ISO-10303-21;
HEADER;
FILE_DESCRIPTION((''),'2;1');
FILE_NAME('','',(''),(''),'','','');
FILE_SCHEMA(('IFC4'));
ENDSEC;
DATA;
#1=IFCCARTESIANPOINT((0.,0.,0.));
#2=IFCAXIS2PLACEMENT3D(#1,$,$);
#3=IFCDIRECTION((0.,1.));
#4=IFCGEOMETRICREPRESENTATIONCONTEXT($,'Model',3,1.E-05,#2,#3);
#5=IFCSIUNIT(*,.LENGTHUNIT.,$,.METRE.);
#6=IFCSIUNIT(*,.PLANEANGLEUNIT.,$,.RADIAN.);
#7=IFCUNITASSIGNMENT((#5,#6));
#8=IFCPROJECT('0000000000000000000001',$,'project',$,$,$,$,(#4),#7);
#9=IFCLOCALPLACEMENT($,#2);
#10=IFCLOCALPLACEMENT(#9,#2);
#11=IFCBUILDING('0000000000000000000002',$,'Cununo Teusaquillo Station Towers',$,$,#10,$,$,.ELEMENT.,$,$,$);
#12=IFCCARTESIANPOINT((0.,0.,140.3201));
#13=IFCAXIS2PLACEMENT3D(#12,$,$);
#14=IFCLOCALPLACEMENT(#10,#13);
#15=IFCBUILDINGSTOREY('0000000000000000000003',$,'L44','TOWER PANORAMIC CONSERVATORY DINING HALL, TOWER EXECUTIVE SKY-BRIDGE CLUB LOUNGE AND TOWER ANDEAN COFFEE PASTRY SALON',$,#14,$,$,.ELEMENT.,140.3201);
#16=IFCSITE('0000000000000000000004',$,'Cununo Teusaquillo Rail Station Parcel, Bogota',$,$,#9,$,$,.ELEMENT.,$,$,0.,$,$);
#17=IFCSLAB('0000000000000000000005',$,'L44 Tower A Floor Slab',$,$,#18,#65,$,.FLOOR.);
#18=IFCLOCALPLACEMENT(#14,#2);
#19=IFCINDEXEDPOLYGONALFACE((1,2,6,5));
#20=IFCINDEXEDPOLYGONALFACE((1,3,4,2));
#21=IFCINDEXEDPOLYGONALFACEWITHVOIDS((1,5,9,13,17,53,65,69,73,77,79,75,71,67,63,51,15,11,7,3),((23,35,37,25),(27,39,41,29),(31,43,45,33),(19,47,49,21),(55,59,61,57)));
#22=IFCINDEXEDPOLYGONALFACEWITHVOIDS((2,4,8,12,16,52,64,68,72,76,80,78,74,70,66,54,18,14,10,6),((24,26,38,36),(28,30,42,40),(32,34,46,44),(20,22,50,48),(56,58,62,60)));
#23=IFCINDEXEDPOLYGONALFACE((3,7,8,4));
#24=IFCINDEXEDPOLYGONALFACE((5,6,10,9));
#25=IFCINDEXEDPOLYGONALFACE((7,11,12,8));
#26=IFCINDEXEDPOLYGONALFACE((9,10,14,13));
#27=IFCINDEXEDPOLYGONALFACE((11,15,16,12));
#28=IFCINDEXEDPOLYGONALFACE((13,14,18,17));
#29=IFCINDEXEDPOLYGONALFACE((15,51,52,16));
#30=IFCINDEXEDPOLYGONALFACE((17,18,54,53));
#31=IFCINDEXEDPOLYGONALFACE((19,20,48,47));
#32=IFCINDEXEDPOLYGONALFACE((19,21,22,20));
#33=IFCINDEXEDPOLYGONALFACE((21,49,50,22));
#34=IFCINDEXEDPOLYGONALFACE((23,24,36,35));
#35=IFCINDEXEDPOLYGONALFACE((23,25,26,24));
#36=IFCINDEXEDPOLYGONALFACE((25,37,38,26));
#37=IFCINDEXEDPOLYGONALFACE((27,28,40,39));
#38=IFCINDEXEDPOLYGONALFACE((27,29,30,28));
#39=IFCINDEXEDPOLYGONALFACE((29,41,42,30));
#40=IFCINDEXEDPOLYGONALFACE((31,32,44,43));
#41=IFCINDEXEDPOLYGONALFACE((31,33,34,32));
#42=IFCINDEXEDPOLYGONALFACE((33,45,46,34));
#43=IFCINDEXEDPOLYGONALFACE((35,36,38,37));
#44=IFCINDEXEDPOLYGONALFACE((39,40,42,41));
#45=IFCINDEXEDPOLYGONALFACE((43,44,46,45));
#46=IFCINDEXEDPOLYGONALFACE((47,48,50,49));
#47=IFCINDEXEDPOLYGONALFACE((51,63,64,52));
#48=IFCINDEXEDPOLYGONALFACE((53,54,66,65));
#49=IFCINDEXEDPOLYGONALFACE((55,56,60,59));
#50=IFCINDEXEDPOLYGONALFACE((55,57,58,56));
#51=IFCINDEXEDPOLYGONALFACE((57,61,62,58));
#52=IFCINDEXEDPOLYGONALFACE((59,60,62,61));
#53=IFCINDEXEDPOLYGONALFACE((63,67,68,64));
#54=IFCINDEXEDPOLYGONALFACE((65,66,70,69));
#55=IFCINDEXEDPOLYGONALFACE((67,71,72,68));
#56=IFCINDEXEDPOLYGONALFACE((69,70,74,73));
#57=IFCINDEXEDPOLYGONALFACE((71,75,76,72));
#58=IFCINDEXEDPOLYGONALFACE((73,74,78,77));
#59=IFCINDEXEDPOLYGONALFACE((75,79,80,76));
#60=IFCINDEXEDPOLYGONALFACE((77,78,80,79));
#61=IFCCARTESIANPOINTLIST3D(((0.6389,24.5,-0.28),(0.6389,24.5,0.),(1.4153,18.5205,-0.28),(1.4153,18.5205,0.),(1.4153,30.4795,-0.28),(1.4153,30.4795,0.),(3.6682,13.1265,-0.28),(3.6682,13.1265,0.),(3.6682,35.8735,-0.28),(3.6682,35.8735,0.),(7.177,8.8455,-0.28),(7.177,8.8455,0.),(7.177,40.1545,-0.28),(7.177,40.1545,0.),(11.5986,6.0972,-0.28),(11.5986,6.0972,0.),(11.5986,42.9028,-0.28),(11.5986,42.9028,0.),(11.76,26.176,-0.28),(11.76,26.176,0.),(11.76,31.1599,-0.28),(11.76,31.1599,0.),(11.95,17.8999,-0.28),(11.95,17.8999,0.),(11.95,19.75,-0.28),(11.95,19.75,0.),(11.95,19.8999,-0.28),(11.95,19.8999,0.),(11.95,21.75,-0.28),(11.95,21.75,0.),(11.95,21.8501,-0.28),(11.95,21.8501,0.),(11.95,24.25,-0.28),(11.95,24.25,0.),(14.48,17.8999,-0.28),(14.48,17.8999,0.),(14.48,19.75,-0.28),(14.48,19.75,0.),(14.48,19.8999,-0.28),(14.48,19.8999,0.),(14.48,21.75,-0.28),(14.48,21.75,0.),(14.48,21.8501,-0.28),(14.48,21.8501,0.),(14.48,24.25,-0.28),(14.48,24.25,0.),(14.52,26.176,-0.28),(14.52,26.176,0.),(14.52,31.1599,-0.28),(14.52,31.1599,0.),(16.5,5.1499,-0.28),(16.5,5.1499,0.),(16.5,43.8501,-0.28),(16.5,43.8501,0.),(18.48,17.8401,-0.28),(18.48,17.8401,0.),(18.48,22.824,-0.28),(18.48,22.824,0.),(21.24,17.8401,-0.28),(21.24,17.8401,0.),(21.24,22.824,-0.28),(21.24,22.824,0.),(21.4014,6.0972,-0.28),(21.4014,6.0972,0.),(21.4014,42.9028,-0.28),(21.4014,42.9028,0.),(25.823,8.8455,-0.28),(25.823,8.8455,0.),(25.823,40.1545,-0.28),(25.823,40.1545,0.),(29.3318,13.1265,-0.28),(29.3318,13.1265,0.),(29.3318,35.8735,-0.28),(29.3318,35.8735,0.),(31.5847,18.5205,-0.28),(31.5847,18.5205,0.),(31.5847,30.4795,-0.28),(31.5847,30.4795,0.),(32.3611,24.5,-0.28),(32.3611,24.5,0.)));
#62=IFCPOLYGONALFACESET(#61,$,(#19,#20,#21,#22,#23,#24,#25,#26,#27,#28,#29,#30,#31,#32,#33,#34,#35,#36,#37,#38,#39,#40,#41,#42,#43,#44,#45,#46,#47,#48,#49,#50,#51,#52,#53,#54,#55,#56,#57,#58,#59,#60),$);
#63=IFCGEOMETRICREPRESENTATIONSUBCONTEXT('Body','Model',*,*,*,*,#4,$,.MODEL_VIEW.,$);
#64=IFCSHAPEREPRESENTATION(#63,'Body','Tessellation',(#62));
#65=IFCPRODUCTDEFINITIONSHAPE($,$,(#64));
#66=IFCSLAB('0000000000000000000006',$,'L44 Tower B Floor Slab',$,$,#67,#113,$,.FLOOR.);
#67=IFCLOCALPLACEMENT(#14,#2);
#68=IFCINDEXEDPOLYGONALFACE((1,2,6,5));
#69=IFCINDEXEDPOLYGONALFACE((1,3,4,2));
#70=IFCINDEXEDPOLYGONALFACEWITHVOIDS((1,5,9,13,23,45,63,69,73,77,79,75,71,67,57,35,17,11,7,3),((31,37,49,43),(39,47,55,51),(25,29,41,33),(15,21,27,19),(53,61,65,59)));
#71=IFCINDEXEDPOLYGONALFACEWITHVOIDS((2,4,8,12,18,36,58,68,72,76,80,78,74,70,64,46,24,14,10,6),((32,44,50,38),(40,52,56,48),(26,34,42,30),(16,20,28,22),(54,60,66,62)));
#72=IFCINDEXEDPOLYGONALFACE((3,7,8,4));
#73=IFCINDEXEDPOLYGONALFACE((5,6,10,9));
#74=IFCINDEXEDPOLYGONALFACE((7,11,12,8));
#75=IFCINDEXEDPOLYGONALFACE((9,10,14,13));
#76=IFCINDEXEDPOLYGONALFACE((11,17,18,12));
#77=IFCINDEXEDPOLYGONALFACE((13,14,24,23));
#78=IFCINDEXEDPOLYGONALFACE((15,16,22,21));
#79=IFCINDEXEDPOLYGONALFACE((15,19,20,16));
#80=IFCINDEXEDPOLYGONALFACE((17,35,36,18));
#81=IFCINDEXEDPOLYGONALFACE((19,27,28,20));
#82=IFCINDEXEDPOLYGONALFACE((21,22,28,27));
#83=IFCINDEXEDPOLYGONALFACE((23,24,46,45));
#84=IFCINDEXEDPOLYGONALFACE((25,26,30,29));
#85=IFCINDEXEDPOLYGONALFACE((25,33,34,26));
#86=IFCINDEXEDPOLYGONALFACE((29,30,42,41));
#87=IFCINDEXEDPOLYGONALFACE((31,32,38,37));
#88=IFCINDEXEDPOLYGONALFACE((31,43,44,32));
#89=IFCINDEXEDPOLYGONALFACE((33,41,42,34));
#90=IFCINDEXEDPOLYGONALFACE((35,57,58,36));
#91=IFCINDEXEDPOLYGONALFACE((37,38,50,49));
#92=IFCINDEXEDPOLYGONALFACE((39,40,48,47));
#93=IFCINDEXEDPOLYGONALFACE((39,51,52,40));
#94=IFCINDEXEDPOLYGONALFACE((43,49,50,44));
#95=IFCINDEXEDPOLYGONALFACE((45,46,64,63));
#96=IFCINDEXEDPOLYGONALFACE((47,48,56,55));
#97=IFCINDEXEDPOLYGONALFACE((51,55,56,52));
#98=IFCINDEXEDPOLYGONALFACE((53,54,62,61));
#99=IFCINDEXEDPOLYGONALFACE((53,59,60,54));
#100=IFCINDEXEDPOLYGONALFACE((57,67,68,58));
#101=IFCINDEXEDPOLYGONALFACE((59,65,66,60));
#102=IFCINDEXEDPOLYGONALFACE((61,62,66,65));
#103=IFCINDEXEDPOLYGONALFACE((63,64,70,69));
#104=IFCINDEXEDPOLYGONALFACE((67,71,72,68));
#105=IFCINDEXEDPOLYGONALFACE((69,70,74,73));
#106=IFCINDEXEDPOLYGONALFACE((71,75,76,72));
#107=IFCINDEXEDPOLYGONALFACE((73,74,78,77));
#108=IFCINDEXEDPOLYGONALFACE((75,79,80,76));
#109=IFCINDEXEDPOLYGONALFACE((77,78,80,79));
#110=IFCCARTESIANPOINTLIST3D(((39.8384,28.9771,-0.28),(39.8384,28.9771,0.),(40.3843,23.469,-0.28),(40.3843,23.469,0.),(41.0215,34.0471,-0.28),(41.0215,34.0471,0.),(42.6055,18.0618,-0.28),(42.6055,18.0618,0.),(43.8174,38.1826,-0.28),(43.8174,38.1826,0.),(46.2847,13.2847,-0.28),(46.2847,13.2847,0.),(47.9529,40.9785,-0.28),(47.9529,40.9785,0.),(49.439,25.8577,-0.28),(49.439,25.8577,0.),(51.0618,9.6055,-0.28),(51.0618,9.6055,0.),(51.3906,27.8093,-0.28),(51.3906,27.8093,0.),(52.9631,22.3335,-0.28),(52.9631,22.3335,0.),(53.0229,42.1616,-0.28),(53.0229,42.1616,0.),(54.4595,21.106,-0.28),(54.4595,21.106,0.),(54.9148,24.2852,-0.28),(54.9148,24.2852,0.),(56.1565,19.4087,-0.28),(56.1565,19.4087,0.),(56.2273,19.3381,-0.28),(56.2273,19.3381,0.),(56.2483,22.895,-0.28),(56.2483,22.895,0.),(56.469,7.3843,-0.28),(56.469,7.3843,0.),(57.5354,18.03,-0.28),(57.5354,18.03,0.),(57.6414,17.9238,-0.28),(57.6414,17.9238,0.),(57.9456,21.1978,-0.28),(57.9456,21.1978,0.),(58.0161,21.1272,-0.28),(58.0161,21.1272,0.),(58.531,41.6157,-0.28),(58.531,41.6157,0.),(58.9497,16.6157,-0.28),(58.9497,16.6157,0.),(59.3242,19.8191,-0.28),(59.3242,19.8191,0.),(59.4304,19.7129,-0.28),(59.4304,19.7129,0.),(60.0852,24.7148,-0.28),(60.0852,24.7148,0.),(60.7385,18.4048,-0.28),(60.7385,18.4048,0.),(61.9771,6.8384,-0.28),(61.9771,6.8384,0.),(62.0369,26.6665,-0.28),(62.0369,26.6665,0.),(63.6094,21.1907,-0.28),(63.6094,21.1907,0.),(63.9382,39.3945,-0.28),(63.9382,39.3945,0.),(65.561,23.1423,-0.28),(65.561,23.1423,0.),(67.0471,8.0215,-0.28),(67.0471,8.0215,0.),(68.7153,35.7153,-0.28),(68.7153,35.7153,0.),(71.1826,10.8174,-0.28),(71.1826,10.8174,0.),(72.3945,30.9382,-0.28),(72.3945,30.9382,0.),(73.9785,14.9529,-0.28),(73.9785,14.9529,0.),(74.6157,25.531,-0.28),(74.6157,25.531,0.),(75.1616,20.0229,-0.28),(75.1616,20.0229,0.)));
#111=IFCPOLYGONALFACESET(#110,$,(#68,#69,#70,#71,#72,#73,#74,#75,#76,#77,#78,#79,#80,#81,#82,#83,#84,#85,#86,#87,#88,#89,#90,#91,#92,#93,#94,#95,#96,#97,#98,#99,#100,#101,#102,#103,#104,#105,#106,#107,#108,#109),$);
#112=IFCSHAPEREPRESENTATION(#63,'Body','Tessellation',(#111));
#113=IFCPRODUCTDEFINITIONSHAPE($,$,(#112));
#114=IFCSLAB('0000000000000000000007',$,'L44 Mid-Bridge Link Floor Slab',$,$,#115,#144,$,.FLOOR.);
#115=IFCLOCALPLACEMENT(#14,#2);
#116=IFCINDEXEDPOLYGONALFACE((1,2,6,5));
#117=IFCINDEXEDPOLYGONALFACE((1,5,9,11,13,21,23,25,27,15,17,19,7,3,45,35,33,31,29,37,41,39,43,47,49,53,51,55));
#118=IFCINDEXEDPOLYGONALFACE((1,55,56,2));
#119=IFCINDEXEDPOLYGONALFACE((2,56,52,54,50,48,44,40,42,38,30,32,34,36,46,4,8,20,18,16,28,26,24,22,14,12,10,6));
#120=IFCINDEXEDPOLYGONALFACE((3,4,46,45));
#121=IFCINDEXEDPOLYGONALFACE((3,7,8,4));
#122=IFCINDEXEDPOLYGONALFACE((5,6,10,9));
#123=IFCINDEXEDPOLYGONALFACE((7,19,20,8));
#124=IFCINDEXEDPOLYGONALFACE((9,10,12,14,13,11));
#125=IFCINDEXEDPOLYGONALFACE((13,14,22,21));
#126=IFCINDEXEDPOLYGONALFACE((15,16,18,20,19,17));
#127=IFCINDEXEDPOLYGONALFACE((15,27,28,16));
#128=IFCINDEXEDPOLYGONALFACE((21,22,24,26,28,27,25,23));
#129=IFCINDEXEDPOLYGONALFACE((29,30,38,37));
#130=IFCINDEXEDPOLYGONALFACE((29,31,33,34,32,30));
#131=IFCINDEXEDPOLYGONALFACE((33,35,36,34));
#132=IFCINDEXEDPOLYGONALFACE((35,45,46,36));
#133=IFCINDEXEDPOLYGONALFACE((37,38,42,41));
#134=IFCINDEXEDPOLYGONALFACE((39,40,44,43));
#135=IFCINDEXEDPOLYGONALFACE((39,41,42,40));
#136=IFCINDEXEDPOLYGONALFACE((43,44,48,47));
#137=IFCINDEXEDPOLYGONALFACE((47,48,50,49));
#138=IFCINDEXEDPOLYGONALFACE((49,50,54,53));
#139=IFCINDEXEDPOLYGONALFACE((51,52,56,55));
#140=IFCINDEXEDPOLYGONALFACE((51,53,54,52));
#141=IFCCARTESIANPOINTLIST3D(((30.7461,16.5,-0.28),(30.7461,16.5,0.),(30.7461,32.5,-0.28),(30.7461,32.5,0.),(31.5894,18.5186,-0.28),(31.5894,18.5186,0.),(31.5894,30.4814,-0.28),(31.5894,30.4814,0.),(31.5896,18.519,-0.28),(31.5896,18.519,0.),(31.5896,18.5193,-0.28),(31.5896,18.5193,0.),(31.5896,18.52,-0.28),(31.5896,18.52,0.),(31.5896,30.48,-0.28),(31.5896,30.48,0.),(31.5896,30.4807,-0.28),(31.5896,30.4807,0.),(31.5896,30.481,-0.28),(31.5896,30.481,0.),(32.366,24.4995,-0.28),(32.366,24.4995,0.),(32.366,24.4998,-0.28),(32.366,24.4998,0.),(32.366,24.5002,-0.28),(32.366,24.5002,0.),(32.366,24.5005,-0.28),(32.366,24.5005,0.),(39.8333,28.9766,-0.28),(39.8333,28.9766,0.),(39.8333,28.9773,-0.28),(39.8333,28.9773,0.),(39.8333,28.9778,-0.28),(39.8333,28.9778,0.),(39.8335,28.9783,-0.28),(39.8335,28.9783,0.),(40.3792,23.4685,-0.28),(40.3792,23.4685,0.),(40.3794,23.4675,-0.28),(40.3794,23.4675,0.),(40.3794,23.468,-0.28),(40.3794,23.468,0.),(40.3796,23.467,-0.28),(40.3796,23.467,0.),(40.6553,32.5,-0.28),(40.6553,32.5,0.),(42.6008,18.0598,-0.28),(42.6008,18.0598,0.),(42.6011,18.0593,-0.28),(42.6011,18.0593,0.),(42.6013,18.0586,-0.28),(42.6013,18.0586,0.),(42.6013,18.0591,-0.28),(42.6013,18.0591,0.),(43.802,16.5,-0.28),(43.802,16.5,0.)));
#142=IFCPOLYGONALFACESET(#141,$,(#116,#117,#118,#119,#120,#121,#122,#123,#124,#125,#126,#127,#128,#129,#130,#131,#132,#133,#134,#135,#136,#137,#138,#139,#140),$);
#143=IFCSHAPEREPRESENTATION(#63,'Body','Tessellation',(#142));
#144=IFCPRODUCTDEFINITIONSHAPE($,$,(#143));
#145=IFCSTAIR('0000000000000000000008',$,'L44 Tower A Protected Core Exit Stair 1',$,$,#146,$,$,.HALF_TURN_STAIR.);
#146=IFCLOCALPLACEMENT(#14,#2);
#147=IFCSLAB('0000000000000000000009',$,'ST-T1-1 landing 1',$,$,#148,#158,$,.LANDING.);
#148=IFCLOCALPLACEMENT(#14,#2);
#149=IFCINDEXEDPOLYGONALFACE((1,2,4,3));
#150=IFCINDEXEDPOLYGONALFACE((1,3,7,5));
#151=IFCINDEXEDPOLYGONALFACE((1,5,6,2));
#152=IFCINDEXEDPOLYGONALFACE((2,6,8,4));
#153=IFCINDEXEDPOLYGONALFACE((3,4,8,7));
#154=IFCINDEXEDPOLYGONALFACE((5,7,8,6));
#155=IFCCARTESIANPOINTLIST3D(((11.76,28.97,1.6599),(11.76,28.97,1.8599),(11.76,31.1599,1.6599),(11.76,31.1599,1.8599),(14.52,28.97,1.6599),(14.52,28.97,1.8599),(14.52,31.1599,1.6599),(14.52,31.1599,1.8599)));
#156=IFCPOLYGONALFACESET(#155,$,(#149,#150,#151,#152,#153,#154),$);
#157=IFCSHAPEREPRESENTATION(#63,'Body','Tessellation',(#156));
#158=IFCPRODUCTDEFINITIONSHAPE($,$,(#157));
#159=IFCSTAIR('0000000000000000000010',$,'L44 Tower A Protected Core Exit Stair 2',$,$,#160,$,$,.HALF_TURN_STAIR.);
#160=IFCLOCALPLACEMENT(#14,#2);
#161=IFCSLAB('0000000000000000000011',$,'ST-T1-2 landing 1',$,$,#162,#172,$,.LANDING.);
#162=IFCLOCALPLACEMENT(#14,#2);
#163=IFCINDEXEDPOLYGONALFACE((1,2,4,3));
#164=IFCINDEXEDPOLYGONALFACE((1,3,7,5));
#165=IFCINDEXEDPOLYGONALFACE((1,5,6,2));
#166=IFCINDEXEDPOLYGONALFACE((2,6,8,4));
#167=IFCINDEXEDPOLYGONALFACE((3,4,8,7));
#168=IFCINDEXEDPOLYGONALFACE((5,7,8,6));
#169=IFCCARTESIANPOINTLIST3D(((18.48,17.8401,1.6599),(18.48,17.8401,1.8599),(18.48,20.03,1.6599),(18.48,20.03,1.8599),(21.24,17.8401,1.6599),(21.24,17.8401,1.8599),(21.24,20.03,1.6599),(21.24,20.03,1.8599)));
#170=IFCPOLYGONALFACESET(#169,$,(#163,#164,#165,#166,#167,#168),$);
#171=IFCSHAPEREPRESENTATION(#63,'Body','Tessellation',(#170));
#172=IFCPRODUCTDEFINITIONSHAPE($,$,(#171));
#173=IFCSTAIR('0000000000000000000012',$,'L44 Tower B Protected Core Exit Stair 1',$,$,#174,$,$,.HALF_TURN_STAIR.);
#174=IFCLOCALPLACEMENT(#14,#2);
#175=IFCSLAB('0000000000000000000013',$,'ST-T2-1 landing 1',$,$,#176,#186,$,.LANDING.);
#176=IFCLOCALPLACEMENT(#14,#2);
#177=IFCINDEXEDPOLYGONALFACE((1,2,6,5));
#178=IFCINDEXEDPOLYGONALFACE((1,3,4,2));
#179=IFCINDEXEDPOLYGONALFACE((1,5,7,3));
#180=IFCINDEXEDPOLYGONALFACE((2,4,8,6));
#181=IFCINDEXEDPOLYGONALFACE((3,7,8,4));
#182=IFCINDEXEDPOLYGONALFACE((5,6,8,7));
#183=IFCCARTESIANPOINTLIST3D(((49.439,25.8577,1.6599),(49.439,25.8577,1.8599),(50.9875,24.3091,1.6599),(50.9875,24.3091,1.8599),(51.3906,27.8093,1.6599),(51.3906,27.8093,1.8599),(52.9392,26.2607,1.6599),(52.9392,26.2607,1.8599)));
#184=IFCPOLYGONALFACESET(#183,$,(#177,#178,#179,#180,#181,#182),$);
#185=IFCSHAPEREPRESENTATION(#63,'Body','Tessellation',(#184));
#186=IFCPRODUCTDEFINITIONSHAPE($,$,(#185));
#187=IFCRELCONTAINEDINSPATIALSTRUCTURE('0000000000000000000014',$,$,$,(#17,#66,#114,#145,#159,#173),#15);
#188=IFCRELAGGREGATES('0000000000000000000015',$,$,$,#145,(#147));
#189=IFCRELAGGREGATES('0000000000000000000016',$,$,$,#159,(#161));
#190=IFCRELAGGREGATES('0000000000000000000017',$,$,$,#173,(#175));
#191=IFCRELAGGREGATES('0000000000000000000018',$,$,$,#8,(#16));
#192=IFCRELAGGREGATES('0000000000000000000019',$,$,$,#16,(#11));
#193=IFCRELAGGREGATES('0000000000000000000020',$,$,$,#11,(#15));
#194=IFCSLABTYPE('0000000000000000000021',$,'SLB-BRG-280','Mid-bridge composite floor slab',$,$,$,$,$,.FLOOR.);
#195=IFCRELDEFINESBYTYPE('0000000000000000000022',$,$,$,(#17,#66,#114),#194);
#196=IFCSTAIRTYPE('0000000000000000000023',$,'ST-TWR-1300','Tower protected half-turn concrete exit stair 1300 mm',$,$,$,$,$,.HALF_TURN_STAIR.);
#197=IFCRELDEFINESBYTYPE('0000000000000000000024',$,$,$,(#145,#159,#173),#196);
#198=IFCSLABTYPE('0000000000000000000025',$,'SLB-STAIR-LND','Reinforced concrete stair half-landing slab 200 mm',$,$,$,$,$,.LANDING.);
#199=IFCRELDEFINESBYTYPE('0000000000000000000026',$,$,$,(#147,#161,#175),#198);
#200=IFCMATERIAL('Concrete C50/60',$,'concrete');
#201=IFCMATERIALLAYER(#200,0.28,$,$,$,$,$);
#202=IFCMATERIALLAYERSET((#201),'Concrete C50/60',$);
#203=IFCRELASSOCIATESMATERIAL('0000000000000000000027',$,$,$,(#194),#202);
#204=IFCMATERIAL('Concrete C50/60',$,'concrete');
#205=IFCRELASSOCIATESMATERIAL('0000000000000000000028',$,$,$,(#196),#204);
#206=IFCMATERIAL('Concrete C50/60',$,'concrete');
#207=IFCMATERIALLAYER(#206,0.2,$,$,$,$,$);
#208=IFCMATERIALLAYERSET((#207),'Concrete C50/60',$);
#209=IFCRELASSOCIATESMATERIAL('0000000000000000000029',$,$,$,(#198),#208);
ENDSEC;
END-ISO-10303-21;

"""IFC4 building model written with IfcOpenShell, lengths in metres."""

from ifc_helpers import new_model, si_unit, direction, frame, origin, place, context, subcontext, project, spatial, polyline, outline, extrude, material, layer, layer_set, type_object, element, aggregate, save


model = new_model("IFC4")

# Units and contexts
model_context = context("Model", 3, precision=1e-05, world=origin(), true_north=direction((0.0, 1.0)))
body_context = subcontext(model_context, "Body", "Model", "MODEL_VIEW")
ifc_project = project(units=[si_unit("LENGTHUNIT", "METRE"), si_unit("PLANEANGLEUNIT", "RADIAN")], contexts=[model_context])

# Site, building, storey
site_placement = place(None, origin())
site = spatial("IfcSite", under=ifc_project, at=site_placement, Name="Cununo Teusaquillo Rail Station Parcel, Bogota", CompositionType="ELEMENT", RefElevation=0.0)
building_placement = place(site_placement, origin())
building = spatial("IfcBuilding", under=site, at=building_placement, Name="Cununo Teusaquillo Station Towers", CompositionType="ELEMENT")
storey_placement = place(building_placement, frame((0.0, 0.0, 140.3201)))
storey = spatial("IfcBuildingStorey", under=building, at=storey_placement, Name="L44", Description="TOWER PANORAMIC CONSERVATORY DINING HALL, TOWER EXECUTIVE SKY-BRIDGE CLUB LOUNGE AND TOWER ANDEAN COFFEE PASTRY SALON", CompositionType="ELEMENT", Elevation=140.3201)

# Slabs
ifc_material_1 = material(Name="Concrete C50/60", Category="concrete")
ifc_layer_1 = layer(ifc_material_1, 0.28)
ifc_layer_set_1 = layer_set([ifc_layer_1], Name="Concrete C50/60")
slab_type_1 = type_object("IfcSlabType", Name="SLB-BRG-280", Description="Mid-bridge composite floor slab", PredefinedType="FLOOR", material=ifc_layer_set_1)
slab_1_placement = place(storey_placement, frame((0.0, 0.0, -0.28)))
element("IfcSlab", 1, at=slab_1_placement, inside=storey, type_object=slab_type_1, Name="L44 Tower A Floor Slab", PredefinedType="FLOOR", context=body_context, shape_type="SweptSolid", body=[
    extrude(outline(polyline([(32.3611, 24.5), (31.5847, 30.4795), (29.3318, 35.8735), (25.823, 40.1545), (21.4014, 42.9028), (16.5, 43.8501), (11.5986, 42.9028), (7.177, 40.1545), (3.6682, 35.8735), (1.4153, 30.4795), (0.6389, 24.5), (1.4153, 18.5205), (3.6682, 13.1265), (7.177, 8.8455), (11.5986, 6.0972), (16.5, 5.1499), (21.4014, 6.0972), (25.823, 8.8455), (29.3318, 13.1265), (31.5847, 18.5205), (32.3611, 24.5)]), holes=[polyline([(14.52, 26.176), (14.52, 31.1599), (11.76, 31.1599), (11.76, 26.176), (14.52, 26.176)]), polyline([(18.48, 22.824), (18.48, 17.8401), (21.24, 17.8401), (21.24, 22.824), (18.48, 22.824)]), polyline([(11.95, 21.8501), (14.48, 21.8501), (14.48, 24.25), (11.95, 24.25), (11.95, 21.8501)]), polyline([(11.95, 17.8999), (14.48, 17.8999), (14.48, 19.75), (11.95, 19.75), (11.95, 17.8999)]), polyline([(11.95, 19.8999), (14.48, 19.8999), (14.48, 21.75), (11.95, 21.75), (11.95, 19.8999)])]), origin(), (0.0, 0.0, 1.0), 0.28),
])
slab_2_placement = place(storey_placement, frame((0.0, 0.0, -0.28)))
element("IfcSlab", 2, at=slab_2_placement, inside=storey, type_object=slab_type_1, Name="L44 Tower B Floor Slab", PredefinedType="FLOOR", context=body_context, shape_type="SweptSolid", body=[
    extrude(outline(polyline([(68.7153, 35.7153), (63.9382, 39.3945), (58.531, 41.6157), (53.0229, 42.1616), (47.9529, 40.9785), (43.8174, 38.1826), (41.0215, 34.0471), (39.8384, 28.9771), (40.3843, 23.469), (42.6055, 18.0618), (46.2847, 13.2847), (51.0618, 9.6055), (56.469, 7.3843), (61.9771, 6.8384), (67.0471, 8.0215), (71.1826, 10.8174), (73.9785, 14.9529), (75.1616, 20.0229), (74.6157, 25.531), (72.3945, 30.9382), (68.7153, 35.7153)]), holes=[polyline([(54.9148, 24.2852), (51.3906, 27.8093), (49.439, 25.8577), (52.9631, 22.3335), (54.9148, 24.2852)]), polyline([(60.0852, 24.7148), (63.6094, 21.1907), (65.561, 23.1423), (62.0369, 26.6665), (60.0852, 24.7148)]), polyline([(56.1565, 19.4087), (57.9456, 21.1978), (56.2483, 22.895), (54.4595, 21.106), (56.1565, 19.4087)]), polyline([(58.9497, 16.6157), (60.7385, 18.4048), (59.4304, 19.7129), (57.6414, 17.9238), (58.9497, 16.6157)]), polyline([(57.5354, 18.03), (59.3242, 19.8191), (58.0161, 21.1272), (56.2273, 19.3381), (57.5354, 18.03)])]), origin(), (0.0, 0.0, 1.0), 0.28),
])
slab_3_placement = place(storey_placement, frame((0.0, 0.0, -0.28)))
element("IfcSlab", 3, at=slab_3_placement, inside=storey, type_object=slab_type_1, Name="L44 Mid-Bridge Link Floor Slab", PredefinedType="FLOOR", context=body_context, shape_type="SweptSolid", body=[
    extrude(outline(polyline([(30.7461, 16.5), (31.5894, 18.5186), (31.5896, 18.519), (31.5896, 18.5193), (31.5896, 18.52), (32.366, 24.4995), (32.366, 24.4998), (32.366, 24.5002), (32.366, 24.5005), (31.5896, 30.48), (31.5896, 30.4807), (31.5896, 30.481), (31.5894, 30.4814), (30.7461, 32.5), (40.6553, 32.5), (39.8335, 28.9783), (39.8333, 28.9778), (39.8333, 28.9773), (39.8333, 28.9766), (40.3792, 23.4685), (40.3794, 23.468), (40.3794, 23.4675), (40.3796, 23.467), (42.6008, 18.0598), (42.6011, 18.0593), (42.6013, 18.0591), (42.6013, 18.0586), (43.802, 16.5), (30.7461, 16.5)])), origin(), (0.0, 0.0, 1.0), 0.28),
])

# Stairs, slabs
ifc_material_2 = material(Name="Concrete C50/60", Category="concrete")
stair_type = type_object("IfcStairType", Name="ST-TWR-1300", Description="Tower protected half-turn concrete exit stair 1300 mm", PredefinedType="HALF_TURN_STAIR", material=ifc_material_2)
stair_1_placement = place(storey_placement, origin())
stair_1 = element("IfcStair", 4, at=stair_1_placement, inside=storey, type_object=stair_type, Name="L44 Tower A Protected Core Exit Stair 1", PredefinedType="HALF_TURN_STAIR")
ifc_material_3 = material(Name="Concrete C50/60", Category="concrete")
ifc_layer_2 = layer(ifc_material_3, 0.2)
ifc_layer_set_2 = layer_set([ifc_layer_2], Name="Concrete C50/60")
slab_type_2 = type_object("IfcSlabType", Name="SLB-STAIR-LND", Description="Reinforced concrete stair half-landing slab 200 mm", PredefinedType="LANDING", material=ifc_layer_set_2)
slab_4_placement = place(storey_placement, frame((0.0, 0.0, 1.6599)))
slab_4 = element("IfcSlab", 5, at=slab_4_placement, type_object=slab_type_2, Name="ST-T1-1 landing 1", PredefinedType="LANDING", context=body_context, shape_type="SweptSolid", body=[
    extrude(outline(polyline([(14.52, 28.97), (14.52, 31.1599), (11.76, 31.1599), (11.76, 28.97), (14.52, 28.97)])), origin(), (0.0, 0.0, 1.0), 0.2),
])
aggregate(stair_1, [slab_4])
stair_2_placement = place(storey_placement, origin())
stair_2 = element("IfcStair", 6, at=stair_2_placement, inside=storey, type_object=stair_type, Name="L44 Tower A Protected Core Exit Stair 2", PredefinedType="HALF_TURN_STAIR")
slab_5_placement = place(storey_placement, frame((0.0, 0.0, 1.6599)))
slab_5 = element("IfcSlab", 7, at=slab_5_placement, type_object=slab_type_2, Name="ST-T1-2 landing 1", PredefinedType="LANDING", context=body_context, shape_type="SweptSolid", body=[
    extrude(outline(polyline([(18.48, 20.03), (18.48, 17.8401), (21.24, 17.8401), (21.24, 20.03), (18.48, 20.03)])), origin(), (0.0, 0.0, 1.0), 0.2),
])
aggregate(stair_2, [slab_5])
stair_3_placement = place(storey_placement, origin())
stair_3 = element("IfcStair", 8, at=stair_3_placement, inside=storey, type_object=stair_type, Name="L44 Tower B Protected Core Exit Stair 1", PredefinedType="HALF_TURN_STAIR")
slab_6_placement = place(storey_placement, frame((0.0, 0.0, 1.6599)))
slab_6 = element("IfcSlab", 9, at=slab_6_placement, type_object=slab_type_2, Name="ST-T2-1 landing 1", PredefinedType="LANDING", context=body_context, shape_type="SweptSolid", body=[
    extrude(outline(polyline([(52.9392, 26.2607), (51.3906, 27.8093), (49.439, 25.8577), (50.9875, 24.3091), (52.9392, 26.2607)])), origin(), (0.0, 0.0, 1.0), 0.2),
])
aggregate(stair_3, [slab_6])

save(model, "model.ifc")
